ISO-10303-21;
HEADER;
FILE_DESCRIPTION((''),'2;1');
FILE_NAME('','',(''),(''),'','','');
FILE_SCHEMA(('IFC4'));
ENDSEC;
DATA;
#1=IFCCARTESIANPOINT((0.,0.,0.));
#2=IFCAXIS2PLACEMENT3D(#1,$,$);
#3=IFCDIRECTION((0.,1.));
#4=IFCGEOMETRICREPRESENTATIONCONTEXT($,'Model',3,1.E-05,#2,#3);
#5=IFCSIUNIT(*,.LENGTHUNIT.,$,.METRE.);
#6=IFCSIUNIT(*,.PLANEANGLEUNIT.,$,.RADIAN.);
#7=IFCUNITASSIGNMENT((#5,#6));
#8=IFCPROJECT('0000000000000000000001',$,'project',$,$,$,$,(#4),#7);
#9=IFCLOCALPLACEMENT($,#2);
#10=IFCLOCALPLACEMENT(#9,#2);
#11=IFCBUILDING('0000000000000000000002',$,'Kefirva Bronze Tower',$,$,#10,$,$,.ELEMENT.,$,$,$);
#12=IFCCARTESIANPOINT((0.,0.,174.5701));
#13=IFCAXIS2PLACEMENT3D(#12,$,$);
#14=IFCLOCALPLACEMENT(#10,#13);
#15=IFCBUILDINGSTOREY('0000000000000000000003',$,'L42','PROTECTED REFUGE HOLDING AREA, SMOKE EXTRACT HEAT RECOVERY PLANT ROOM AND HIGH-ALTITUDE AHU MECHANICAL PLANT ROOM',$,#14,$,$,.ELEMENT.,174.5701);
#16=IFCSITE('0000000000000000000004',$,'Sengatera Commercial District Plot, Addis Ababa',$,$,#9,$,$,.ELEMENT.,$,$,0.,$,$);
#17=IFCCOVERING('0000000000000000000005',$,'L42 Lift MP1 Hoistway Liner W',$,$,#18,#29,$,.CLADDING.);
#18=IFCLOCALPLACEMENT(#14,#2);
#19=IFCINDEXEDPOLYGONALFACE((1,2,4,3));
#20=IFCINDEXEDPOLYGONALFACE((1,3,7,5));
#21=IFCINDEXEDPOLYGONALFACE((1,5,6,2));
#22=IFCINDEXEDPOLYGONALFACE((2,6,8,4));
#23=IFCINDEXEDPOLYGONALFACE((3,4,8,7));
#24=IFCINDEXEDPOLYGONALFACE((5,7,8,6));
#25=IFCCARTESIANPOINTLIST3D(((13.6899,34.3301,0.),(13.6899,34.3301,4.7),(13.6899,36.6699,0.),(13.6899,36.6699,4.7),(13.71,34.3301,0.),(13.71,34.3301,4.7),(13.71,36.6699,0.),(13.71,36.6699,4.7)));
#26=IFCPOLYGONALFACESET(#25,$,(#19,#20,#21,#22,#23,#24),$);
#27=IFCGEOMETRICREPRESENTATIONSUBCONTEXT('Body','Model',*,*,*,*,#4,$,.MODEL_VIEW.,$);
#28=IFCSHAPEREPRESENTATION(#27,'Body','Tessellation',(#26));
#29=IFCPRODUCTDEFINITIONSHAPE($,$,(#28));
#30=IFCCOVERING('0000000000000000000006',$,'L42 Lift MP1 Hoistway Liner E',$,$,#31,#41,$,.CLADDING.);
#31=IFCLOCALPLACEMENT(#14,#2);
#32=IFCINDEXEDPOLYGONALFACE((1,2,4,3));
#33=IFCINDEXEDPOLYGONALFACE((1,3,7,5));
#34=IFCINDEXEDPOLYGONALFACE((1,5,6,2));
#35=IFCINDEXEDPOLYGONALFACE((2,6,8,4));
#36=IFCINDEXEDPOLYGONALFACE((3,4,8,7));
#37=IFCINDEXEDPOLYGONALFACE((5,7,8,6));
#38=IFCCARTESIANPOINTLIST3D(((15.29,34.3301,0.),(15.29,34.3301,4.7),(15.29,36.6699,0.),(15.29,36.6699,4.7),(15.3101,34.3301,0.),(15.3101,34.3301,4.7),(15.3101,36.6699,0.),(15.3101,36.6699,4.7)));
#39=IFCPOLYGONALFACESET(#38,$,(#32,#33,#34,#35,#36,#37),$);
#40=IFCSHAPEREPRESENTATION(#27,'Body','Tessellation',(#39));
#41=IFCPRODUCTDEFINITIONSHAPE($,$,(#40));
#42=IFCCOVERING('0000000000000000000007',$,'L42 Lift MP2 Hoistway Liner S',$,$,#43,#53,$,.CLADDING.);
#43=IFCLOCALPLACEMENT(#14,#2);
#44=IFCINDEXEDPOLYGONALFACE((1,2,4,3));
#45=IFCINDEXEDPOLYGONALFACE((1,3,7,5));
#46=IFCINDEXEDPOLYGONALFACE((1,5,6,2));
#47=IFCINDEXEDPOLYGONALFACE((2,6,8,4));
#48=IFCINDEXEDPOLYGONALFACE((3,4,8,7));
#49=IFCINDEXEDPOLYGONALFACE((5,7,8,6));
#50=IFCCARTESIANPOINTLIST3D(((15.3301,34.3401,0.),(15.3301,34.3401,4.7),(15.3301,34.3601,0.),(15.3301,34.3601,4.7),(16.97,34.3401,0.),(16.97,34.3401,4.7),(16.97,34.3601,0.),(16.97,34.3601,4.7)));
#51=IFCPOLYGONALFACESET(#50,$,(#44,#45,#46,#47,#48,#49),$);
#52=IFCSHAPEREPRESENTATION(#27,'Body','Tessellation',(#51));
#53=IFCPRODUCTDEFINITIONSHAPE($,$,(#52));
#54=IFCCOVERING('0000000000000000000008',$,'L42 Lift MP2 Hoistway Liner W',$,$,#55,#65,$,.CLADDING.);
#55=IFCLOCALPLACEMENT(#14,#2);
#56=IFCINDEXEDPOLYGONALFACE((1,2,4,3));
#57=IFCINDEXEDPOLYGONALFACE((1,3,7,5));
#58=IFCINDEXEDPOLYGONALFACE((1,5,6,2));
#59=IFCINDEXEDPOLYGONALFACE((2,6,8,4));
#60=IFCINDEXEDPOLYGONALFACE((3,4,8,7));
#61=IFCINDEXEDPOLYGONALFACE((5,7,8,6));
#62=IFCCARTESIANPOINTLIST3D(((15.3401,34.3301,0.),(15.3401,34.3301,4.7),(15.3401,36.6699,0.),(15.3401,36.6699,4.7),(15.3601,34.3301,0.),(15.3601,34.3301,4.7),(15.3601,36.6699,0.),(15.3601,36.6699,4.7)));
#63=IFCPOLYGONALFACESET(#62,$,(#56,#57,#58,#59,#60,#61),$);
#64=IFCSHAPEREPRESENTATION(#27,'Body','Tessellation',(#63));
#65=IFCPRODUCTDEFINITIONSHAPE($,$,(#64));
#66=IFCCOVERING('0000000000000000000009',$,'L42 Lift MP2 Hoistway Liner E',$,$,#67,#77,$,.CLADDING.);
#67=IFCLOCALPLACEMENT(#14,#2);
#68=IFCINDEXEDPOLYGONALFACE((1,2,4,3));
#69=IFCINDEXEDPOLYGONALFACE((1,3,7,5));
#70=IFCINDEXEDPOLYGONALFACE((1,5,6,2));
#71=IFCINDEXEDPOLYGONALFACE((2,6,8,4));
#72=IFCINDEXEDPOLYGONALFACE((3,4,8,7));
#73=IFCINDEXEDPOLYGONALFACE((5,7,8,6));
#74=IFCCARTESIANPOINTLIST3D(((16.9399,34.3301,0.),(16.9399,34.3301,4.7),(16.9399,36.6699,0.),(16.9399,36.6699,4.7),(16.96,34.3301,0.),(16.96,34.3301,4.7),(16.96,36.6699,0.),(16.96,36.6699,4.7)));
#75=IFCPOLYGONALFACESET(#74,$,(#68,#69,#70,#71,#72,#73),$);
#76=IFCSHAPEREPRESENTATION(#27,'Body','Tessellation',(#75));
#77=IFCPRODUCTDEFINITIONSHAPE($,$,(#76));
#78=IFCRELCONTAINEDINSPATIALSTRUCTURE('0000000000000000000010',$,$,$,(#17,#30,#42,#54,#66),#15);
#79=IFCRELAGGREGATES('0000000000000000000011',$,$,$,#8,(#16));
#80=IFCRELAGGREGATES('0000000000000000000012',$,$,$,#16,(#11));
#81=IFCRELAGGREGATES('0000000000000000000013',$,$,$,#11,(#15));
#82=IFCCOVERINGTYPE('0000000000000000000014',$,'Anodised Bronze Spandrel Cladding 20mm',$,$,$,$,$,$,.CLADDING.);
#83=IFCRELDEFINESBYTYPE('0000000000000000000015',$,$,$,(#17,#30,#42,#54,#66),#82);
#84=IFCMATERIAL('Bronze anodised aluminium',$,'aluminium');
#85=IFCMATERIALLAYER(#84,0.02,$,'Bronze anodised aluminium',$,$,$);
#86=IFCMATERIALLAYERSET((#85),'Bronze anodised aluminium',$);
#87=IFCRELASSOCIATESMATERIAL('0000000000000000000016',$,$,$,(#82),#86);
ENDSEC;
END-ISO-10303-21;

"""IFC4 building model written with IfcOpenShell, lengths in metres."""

from ifc_helpers import new_model, si_unit, direction, frame, origin, place, context, subcontext, project, spatial, polyline, outline, extrude, material, layer, layer_set, type_object, element, save


model = new_model("IFC4")

# Units and contexts
model_context = context("Model", 3, precision=1e-05, world=origin(), true_north=direction((0.0, 1.0)))
body_context = subcontext(model_context, "Body", "Model", "MODEL_VIEW")
ifc_project = project(units=[si_unit("LENGTHUNIT", "METRE"), si_unit("PLANEANGLEUNIT", "RADIAN")], contexts=[model_context])

# Site, building, storey
site_placement = place(None, origin())
site = spatial("IfcSite", under=ifc_project, at=site_placement, Name="Sengatera Commercial District Plot, Addis Ababa", CompositionType="ELEMENT", RefElevation=0.0)
building_placement = place(site_placement, origin())
building = spatial("IfcBuilding", under=site, at=building_placement, Name="Kefirva Bronze Tower", CompositionType="ELEMENT")
storey_placement = place(building_placement, frame((0.0, 0.0, 174.5701)))
storey = spatial("IfcBuildingStorey", under=building, at=storey_placement, Name="L42", Description="PROTECTED REFUGE HOLDING AREA, SMOKE EXTRACT HEAT RECOVERY PLANT ROOM AND HIGH-ALTITUDE AHU MECHANICAL PLANT ROOM", CompositionType="ELEMENT", Elevation=174.5701)

# Coverings
ifc_material_1 = material(Name="Bronze anodised aluminium", Category="aluminium")
ifc_layer_1 = layer(ifc_material_1, 0.02, Name="Bronze anodised aluminium")
ifc_layer_set_1 = layer_set([ifc_layer_1], Name="Bronze anodised aluminium")
covering_type = type_object("IfcCoveringType", Name="Anodised Bronze Spandrel Cladding 20mm", PredefinedType="CLADDING", material=ifc_layer_set_1)
covering_1_placement = place(storey_placement, origin())
element("IfcCovering", 1, at=covering_1_placement, inside=storey, type_object=covering_type, Name="L42 Lift MP1 Hoistway Liner W", PredefinedType="CLADDING", context=body_context, shape_type="SweptSolid", body=[
    extrude(outline(polyline([(13.6899, 34.3301), (13.71, 34.3301), (13.71, 36.6699), (13.6899, 36.6699), (13.6899, 34.3301)])), origin(), (0.0, 0.0, 1.0), 4.7),
])
covering_2_placement = place(storey_placement, origin())
element("IfcCovering", 2, at=covering_2_placement, inside=storey, type_object=covering_type, Name="L42 Lift MP1 Hoistway Liner E", PredefinedType="CLADDING", context=body_context, shape_type="SweptSolid", body=[
    extrude(outline(polyline([(15.29, 34.3301), (15.3101, 34.3301), (15.3101, 36.6699), (15.29, 36.6699), (15.29, 34.3301)])), origin(), (0.0, 0.0, 1.0), 4.7),
])
covering_3_placement = place(storey_placement, origin())
element("IfcCovering", 3, at=covering_3_placement, inside=storey, type_object=covering_type, Name="L42 Lift MP2 Hoistway Liner S", PredefinedType="CLADDING", context=body_context, shape_type="SweptSolid", body=[
    extrude(outline(polyline([(15.3301, 34.3401), (16.97, 34.3401), (16.97, 34.3601), (15.3301, 34.3601), (15.3301, 34.3401)])), origin(), (0.0, 0.0, 1.0), 4.7),
])
covering_4_placement = place(storey_placement, origin())
element("IfcCovering", 4, at=covering_4_placement, inside=storey, type_object=covering_type, Name="L42 Lift MP2 Hoistway Liner W", PredefinedType="CLADDING", context=body_context, shape_type="SweptSolid", body=[
    extrude(outline(polyline([(15.3401, 34.3301), (15.3601, 34.3301), (15.3601, 36.6699), (15.3401, 36.6699), (15.3401, 34.3301)])), origin(), (0.0, 0.0, 1.0), 4.7),
])
covering_5_placement = place(storey_placement, origin())
element("IfcCovering", 5, at=covering_5_placement, inside=storey, type_object=covering_type, Name="L42 Lift MP2 Hoistway Liner E", PredefinedType="CLADDING", context=body_context, shape_type="SweptSolid", body=[
    extrude(outline(polyline([(16.9399, 34.3301), (16.96, 34.3301), (16.96, 36.6699), (16.9399, 36.6699), (16.9399, 34.3301)])), origin(), (0.0, 0.0, 1.0), 4.7),
])

save(model, "model.ifc")
